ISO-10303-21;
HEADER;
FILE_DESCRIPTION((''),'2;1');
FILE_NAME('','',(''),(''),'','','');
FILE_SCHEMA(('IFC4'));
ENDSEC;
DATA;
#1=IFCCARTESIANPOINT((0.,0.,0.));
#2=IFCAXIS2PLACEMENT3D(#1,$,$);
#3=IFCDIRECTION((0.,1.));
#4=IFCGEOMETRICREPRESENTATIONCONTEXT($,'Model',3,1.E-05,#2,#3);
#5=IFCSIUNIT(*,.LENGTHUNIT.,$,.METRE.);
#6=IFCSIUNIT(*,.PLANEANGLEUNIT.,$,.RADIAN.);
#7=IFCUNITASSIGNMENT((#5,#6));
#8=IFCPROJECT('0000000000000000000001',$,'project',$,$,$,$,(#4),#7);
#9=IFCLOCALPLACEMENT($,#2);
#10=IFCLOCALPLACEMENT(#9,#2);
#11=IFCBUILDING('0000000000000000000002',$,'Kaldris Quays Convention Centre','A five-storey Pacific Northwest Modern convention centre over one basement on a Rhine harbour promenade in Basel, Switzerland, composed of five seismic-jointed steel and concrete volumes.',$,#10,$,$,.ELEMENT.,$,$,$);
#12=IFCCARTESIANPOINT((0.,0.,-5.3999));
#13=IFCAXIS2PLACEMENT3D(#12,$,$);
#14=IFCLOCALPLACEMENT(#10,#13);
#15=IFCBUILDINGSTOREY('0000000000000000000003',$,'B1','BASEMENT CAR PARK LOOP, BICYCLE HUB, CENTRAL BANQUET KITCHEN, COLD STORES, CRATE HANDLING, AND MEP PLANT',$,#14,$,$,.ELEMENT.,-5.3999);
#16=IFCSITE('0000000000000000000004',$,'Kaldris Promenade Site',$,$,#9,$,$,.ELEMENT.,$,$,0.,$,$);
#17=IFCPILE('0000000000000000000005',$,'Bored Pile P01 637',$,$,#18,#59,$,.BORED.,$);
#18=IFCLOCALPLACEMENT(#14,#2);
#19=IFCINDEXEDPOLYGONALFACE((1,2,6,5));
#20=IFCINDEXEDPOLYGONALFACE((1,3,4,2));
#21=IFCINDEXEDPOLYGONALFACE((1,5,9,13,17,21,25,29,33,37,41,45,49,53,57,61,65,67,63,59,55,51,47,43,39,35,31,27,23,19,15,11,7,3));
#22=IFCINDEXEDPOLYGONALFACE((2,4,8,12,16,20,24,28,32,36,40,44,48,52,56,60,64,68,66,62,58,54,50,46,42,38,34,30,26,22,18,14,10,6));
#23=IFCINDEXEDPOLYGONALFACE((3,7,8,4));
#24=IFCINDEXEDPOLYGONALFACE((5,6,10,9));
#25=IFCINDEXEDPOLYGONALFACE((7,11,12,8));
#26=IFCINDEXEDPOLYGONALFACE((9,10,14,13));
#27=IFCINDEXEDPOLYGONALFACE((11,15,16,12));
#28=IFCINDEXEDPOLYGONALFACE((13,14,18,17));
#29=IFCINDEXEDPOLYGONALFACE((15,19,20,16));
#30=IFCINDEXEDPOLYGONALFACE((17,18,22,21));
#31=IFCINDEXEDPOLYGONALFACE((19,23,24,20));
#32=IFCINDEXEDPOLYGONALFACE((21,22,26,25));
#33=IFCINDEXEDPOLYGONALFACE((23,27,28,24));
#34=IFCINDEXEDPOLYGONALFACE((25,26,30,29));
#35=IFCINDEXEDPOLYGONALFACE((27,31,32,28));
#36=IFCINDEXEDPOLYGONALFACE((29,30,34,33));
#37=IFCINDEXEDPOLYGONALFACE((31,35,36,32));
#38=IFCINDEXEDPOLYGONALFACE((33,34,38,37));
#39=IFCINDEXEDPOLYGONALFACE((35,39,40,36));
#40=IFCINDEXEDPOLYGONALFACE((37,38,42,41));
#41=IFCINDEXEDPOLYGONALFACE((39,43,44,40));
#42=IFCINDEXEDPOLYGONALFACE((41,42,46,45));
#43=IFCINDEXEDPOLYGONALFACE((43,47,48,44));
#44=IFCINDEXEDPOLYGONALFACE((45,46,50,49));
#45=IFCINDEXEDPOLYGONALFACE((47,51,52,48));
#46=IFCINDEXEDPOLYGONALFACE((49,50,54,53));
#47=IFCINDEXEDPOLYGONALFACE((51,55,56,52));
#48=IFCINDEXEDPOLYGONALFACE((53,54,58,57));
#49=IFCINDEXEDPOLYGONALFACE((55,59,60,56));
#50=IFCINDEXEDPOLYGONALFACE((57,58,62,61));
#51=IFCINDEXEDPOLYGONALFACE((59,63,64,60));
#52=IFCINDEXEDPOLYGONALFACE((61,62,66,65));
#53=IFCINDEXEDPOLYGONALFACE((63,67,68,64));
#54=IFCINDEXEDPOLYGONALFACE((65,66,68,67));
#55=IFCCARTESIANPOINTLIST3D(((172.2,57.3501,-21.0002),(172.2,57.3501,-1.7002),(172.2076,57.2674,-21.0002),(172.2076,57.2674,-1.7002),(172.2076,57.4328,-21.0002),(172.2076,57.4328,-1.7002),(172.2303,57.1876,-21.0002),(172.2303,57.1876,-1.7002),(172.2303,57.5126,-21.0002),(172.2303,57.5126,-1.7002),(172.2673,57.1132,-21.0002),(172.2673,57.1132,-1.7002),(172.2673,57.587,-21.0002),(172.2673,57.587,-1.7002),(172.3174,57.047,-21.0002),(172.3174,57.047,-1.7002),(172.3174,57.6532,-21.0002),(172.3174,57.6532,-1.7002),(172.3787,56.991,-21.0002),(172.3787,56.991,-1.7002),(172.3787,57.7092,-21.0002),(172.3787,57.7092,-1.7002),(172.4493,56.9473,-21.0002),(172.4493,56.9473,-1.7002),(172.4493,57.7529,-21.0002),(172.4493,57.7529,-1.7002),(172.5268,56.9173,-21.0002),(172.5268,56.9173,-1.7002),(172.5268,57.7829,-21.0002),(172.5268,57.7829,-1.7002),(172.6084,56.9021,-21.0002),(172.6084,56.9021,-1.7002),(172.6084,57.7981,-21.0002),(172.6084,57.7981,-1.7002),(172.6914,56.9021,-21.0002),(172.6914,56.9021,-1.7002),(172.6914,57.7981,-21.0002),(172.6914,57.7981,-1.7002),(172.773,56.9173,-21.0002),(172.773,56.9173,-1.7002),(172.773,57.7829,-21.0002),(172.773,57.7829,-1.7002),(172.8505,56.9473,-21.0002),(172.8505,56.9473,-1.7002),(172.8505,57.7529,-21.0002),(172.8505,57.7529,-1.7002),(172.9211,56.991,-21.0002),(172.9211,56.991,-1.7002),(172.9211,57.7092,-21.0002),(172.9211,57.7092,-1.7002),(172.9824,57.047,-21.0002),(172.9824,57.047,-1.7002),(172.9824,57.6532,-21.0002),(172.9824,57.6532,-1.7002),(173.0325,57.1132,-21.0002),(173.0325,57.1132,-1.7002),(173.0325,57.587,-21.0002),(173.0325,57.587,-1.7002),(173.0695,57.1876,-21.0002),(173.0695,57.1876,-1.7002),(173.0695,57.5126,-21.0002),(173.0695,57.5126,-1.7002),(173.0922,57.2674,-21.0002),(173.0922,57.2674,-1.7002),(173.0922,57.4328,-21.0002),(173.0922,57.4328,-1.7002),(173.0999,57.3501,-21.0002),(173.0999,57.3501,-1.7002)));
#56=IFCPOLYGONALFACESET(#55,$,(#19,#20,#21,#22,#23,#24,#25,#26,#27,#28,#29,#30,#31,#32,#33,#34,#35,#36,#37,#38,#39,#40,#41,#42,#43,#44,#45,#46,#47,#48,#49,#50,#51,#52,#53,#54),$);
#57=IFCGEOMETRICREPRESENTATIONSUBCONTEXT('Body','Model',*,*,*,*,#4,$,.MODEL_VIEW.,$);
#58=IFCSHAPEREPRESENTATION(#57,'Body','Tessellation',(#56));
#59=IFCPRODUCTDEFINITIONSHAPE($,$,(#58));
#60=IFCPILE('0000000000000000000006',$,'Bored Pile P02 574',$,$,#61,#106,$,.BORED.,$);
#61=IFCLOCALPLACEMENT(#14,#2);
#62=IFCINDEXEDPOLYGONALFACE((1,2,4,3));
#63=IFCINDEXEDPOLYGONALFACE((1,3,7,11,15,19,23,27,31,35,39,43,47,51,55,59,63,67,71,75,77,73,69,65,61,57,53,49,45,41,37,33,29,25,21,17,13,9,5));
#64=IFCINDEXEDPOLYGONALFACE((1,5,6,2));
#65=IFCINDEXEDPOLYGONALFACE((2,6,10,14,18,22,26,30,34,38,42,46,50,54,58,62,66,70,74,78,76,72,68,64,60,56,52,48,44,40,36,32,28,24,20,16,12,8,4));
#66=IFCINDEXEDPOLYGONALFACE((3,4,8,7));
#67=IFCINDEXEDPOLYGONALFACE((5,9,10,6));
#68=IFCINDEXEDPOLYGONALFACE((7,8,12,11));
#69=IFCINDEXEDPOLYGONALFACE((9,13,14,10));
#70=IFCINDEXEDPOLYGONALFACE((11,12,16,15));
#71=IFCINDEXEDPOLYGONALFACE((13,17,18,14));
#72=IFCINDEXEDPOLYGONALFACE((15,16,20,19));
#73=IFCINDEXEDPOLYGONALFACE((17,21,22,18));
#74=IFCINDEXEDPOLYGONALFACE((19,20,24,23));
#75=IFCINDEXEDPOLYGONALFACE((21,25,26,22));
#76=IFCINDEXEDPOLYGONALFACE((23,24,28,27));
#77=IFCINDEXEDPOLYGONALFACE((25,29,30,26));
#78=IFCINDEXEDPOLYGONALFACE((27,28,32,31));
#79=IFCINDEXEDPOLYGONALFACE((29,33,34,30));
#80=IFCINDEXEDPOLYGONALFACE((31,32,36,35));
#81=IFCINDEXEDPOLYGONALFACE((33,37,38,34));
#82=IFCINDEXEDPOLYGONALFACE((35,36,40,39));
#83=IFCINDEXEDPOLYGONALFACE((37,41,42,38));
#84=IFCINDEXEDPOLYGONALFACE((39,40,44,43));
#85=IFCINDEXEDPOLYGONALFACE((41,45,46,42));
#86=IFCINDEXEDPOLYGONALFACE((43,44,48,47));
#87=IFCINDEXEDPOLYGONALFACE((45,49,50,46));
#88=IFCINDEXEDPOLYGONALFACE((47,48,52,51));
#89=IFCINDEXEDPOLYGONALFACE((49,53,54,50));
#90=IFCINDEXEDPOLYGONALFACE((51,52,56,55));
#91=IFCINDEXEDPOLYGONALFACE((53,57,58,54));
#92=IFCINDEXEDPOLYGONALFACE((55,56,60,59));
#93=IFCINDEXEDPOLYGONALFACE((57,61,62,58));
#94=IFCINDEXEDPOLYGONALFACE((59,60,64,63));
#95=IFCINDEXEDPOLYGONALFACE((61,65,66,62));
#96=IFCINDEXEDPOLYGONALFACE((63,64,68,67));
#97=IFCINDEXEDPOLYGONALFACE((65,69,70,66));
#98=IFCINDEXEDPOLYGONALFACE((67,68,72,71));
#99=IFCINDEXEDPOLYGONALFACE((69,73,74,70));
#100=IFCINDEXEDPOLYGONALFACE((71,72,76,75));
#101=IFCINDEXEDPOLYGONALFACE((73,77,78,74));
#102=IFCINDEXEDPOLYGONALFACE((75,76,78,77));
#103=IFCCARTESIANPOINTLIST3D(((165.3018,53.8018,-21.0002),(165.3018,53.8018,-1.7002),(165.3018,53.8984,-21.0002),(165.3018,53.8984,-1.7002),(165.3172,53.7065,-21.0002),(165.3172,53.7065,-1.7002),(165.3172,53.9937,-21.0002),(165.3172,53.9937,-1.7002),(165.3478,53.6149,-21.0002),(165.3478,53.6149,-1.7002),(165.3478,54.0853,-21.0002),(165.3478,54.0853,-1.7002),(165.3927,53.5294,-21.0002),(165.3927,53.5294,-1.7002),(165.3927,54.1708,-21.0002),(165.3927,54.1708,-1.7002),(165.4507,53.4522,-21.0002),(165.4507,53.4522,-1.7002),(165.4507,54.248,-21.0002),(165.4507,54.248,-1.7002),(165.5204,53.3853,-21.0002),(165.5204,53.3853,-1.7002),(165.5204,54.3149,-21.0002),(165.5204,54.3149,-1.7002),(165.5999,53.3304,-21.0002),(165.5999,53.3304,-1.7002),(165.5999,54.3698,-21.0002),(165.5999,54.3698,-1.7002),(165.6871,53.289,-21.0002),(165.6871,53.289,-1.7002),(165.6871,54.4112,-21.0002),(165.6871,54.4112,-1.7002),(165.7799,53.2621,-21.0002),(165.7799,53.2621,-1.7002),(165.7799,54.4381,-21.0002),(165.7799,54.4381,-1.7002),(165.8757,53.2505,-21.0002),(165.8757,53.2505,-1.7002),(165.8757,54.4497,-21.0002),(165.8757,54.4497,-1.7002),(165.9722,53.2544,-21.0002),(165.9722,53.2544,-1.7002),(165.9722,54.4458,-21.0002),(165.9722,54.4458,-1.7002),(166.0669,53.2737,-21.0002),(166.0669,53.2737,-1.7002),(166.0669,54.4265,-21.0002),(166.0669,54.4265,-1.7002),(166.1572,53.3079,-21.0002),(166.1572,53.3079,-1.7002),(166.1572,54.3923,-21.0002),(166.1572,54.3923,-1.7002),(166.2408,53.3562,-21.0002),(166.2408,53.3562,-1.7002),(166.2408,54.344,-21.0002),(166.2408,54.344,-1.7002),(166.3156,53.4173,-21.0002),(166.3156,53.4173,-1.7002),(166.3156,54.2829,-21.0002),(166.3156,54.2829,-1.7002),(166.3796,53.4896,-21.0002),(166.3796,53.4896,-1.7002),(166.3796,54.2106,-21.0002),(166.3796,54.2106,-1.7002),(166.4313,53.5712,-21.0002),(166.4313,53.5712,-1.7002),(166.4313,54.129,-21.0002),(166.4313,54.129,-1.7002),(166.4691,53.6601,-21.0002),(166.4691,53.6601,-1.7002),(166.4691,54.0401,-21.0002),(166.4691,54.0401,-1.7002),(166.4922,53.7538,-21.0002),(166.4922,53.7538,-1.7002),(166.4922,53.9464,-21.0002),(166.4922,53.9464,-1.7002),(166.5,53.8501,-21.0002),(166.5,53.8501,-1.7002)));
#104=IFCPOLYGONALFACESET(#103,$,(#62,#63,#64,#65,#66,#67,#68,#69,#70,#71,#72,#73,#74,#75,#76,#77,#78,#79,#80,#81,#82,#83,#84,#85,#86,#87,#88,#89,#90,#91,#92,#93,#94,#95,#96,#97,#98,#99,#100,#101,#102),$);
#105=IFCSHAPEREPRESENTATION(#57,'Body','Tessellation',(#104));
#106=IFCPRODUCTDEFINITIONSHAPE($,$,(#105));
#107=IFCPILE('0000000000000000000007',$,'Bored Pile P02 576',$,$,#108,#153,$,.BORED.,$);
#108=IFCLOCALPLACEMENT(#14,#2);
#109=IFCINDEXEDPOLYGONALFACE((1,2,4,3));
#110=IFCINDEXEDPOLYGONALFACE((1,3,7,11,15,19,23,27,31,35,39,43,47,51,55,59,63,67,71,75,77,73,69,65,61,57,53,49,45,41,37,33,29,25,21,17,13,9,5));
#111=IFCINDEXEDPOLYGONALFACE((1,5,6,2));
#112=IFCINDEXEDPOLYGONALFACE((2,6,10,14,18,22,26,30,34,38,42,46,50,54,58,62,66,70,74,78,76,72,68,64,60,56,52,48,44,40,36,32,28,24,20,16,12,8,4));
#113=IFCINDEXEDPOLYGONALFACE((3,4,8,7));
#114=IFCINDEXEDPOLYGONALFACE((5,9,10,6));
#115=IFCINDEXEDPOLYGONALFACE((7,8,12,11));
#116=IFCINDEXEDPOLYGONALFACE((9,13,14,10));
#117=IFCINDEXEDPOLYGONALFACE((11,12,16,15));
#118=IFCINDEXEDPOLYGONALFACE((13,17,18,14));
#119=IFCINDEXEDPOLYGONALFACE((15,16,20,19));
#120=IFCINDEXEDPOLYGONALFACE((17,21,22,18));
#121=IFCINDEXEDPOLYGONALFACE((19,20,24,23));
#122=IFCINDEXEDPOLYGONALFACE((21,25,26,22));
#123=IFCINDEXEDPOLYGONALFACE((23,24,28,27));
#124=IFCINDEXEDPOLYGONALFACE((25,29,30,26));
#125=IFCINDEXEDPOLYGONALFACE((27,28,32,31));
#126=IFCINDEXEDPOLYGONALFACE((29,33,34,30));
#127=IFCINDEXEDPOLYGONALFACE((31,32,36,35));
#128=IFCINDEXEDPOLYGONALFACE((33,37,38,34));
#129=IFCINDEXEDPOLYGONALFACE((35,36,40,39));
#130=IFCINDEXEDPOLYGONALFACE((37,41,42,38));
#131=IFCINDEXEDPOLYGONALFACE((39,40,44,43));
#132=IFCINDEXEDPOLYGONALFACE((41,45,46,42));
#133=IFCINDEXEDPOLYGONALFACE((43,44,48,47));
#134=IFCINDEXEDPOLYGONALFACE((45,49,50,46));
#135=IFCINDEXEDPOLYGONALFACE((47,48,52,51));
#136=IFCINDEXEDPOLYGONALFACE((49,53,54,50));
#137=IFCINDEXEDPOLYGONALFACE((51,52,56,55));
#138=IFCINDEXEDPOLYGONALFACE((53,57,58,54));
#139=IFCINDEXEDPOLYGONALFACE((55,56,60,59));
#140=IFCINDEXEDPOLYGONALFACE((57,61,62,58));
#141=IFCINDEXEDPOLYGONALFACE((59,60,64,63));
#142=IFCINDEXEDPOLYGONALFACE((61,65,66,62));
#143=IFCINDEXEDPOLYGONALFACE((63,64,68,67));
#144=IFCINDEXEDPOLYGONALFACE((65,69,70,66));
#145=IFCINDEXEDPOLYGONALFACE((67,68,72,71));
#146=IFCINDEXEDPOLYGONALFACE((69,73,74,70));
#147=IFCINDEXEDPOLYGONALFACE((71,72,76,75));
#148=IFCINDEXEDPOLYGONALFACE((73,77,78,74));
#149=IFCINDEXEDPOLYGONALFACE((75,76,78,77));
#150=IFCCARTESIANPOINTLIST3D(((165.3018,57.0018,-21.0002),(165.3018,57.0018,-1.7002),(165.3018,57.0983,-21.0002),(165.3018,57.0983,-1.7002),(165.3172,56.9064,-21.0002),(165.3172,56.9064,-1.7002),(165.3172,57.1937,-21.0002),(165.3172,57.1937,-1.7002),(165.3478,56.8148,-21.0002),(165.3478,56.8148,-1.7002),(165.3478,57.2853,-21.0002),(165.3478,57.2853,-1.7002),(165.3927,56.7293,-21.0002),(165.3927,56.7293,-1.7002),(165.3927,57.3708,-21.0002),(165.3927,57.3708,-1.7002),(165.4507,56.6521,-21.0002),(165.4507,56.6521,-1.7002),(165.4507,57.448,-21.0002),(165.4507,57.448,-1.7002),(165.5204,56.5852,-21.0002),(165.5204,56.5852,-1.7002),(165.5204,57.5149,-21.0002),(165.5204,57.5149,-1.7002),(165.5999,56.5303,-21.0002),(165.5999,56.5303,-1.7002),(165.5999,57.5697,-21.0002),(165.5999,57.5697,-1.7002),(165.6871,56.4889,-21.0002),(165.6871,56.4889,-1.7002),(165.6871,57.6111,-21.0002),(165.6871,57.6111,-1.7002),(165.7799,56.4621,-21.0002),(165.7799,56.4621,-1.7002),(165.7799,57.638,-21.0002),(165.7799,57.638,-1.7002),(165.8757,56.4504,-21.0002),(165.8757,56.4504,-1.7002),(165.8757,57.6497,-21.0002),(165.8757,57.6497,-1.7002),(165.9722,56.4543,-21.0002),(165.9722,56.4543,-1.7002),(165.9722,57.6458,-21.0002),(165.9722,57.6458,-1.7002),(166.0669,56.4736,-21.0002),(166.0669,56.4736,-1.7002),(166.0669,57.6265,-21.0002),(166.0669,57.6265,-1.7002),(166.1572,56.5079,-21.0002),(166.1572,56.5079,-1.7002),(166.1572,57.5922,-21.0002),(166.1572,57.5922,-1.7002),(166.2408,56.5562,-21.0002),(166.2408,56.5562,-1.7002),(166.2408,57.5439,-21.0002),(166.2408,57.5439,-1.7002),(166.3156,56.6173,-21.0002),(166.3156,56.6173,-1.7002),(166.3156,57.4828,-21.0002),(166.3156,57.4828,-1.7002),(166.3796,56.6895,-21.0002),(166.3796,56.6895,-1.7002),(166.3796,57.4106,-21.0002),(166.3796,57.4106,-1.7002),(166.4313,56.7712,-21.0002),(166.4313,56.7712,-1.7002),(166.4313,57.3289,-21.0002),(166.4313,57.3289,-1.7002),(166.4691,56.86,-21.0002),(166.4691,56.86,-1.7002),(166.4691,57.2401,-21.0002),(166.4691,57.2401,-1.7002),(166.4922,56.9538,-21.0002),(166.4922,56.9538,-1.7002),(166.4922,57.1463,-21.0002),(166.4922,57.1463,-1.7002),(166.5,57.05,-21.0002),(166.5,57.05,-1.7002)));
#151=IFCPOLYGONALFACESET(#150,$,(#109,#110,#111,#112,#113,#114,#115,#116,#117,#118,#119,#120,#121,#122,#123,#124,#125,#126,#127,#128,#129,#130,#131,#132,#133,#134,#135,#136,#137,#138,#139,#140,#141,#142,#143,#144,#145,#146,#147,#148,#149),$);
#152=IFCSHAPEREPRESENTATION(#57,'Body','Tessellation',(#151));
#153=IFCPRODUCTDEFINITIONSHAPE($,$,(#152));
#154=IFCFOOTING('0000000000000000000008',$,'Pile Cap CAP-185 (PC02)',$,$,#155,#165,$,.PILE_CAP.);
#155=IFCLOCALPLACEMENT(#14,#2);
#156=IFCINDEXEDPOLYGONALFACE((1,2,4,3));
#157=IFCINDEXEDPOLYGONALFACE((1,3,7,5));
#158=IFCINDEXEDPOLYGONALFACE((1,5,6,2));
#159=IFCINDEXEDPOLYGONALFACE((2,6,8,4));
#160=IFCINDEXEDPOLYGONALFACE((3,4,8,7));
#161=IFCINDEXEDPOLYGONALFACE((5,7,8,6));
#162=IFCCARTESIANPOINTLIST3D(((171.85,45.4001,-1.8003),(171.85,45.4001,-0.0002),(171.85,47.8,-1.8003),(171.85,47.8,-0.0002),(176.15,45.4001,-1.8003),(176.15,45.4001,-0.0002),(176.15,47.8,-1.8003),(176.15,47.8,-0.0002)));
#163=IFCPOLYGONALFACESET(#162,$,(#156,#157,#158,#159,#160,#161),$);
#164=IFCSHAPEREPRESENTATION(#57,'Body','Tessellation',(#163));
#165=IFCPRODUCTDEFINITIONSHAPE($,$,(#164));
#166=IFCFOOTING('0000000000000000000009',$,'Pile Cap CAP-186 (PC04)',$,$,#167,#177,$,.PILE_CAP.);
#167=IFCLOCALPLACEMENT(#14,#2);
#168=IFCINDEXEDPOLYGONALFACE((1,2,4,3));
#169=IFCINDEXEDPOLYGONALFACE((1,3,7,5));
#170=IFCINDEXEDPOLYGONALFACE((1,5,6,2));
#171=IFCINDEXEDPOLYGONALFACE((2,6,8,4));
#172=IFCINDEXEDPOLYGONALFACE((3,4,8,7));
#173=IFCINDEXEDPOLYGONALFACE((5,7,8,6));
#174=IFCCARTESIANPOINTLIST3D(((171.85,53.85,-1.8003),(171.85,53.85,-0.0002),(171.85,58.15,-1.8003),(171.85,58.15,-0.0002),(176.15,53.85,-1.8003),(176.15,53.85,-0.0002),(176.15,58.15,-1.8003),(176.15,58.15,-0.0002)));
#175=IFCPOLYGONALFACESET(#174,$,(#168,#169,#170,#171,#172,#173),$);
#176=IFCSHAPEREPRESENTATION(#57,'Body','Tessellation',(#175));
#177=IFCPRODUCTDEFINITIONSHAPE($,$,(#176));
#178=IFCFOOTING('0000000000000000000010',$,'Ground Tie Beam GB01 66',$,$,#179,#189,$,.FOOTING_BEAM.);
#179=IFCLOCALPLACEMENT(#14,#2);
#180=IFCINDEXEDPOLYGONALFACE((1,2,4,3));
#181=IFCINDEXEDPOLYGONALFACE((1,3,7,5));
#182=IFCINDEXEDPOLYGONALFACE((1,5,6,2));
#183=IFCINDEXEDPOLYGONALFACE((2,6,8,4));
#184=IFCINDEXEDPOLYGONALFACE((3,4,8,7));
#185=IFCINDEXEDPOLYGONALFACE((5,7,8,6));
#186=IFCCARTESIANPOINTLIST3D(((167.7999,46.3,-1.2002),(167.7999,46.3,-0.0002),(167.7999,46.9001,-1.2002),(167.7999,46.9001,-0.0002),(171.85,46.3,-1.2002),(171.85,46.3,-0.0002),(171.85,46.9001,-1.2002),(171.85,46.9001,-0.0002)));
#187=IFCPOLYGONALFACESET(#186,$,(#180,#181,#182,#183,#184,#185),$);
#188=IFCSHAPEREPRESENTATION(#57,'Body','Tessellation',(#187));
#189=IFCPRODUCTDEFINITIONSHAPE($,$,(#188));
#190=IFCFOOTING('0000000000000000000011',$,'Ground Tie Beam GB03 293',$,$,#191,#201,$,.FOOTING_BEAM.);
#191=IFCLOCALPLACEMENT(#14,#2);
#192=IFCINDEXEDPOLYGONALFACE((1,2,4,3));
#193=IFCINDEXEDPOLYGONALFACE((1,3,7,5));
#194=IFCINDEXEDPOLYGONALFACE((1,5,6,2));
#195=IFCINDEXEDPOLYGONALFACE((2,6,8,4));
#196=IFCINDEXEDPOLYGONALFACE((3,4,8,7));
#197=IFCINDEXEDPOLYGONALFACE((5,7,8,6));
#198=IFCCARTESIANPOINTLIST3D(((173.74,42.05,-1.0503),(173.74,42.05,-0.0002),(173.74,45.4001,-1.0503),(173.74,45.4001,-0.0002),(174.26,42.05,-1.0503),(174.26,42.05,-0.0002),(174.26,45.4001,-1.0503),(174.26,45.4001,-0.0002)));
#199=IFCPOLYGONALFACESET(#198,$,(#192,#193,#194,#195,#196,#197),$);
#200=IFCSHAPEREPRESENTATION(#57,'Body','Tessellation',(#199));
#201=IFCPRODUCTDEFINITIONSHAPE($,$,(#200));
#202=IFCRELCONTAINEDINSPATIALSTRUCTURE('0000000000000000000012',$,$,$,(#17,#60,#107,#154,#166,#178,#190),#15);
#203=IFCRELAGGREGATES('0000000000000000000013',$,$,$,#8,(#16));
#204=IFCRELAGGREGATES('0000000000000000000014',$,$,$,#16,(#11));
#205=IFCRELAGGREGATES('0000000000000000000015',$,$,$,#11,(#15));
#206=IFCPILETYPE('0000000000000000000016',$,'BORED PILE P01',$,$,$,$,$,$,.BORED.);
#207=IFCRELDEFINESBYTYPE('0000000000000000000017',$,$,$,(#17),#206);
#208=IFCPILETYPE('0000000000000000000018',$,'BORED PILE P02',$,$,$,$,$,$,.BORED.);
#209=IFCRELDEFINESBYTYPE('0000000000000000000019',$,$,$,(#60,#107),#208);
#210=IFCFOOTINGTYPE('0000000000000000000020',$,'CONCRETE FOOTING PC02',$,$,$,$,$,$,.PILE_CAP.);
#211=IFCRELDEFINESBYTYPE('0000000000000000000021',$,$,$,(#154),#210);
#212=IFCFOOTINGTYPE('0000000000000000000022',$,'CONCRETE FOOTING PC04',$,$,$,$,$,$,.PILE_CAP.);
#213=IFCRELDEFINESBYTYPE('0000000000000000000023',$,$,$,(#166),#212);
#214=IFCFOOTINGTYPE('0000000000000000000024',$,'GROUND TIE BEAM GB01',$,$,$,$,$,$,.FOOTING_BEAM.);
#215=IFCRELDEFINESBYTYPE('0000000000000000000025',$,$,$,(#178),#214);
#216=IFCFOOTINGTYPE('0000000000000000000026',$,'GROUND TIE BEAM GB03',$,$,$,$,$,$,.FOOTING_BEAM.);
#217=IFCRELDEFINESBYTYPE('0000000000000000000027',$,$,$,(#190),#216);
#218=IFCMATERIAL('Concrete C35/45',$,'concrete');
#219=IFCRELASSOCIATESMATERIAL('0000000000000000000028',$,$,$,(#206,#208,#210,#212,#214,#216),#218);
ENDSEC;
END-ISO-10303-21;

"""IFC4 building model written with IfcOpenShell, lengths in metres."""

from ifc_helpers import new_model, si_unit, direction, frame, origin, origin_2d, place, context, subcontext, project, spatial, rectangle, circle, extrude, material, material_profile, profile_set, type_object, element, save


model = new_model("IFC4")

# Units and contexts
model_context = context("Model", 3, precision=1e-05, world=origin(), true_north=direction((0.0, 1.0)))
body_context = subcontext(model_context, "Body", "Model", "MODEL_VIEW")
ifc_project = project(units=[si_unit("LENGTHUNIT", "METRE"), si_unit("PLANEANGLEUNIT", "RADIAN")], contexts=[model_context])

# Site, building, storey
site_placement = place(None, origin())
site = spatial("IfcSite", under=ifc_project, at=site_placement, Name="Kaldris Promenade Site", CompositionType="ELEMENT", RefElevation=0.0)
building_placement = place(site_placement, origin())
building = spatial("IfcBuilding", under=site, at=building_placement, Name="Kaldris Quays Convention Centre", Description="A five-storey Pacific Northwest Modern convention centre over one basement on a Rhine harbour promenade in Basel, Switzerland, composed of five seismic-jointed steel and concrete volumes.", CompositionType="ELEMENT")
storey_placement = place(building_placement, frame((0.0, 0.0, -5.3999)))
storey = spatial("IfcBuildingStorey", under=building, at=storey_placement, Name="B1", Description="BASEMENT CAR PARK LOOP, BICYCLE HUB, CENTRAL BANQUET KITCHEN, COLD STORES, CRATE HANDLING, AND MEP PLANT", CompositionType="ELEMENT", Elevation=-5.3999)

# Piles
ifc_material_1 = material(Name="Concrete C35/45", Category="concrete")
ifc_material_profile_1 = material_profile(ifc_material_1, circle(Radius=0.45, at=origin_2d()), Name="BORED PILE D900")
ifc_profile_set_1 = profile_set([ifc_material_profile_1], Name="Concrete C35/45")
pile_type_1 = type_object("IfcPileType", Name="BORED PILE P01", PredefinedType="BORED", material=ifc_profile_set_1)
for number, where, z_axis, x_axis, name in (
    (1, (172.6499, 57.3501, -1.7002), (0.0, 0.0, -1.0), (1.0, 0.0, 0.0), "Bored Pile P01 637"),
):
    element("IfcPile", number, at=place(storey_placement, frame(where, z_axis=z_axis, x_axis=x_axis)), inside=storey, type_object=pile_type_1, Name=name, PredefinedType="BORED", context=body_context, shape_type="SweptSolid", body=[
        extrude(circle(Radius=0.45, at=origin_2d()), origin(), (0.0, 0.0, 1.0), 19.3),
    ])
ifc_material_profile_2 = material_profile(ifc_material_1, circle(Radius=0.6001, at=origin_2d()), Name="BORED PILE D1200")
ifc_profile_set_2 = profile_set([ifc_material_profile_2], Name="Concrete C35/45")
pile_type_2 = type_object("IfcPileType", Name="BORED PILE P02", PredefinedType="BORED", material=ifc_profile_set_2)
for number, where, z_axis, x_axis, name in (
    (2, (165.8999, 53.8501, -1.7002), (0.0, 0.0, -1.0), (1.0, 0.0, 0.0), "Bored Pile P02 574"),
    (3, (165.8999, 57.05, -1.7002), (0.0, 0.0, -1.0), (1.0, 0.0, 0.0), "Bored Pile P02 576"),
):
    element("IfcPile", number, at=place(storey_placement, frame(where, z_axis=z_axis, x_axis=x_axis)), inside=storey, type_object=pile_type_2, Name=name, PredefinedType="BORED", context=body_context, shape_type="SweptSolid", body=[
        extrude(circle(Radius=0.6001, at=origin_2d()), origin(), (0.0, 0.0, 1.0), 19.3),
    ])

# Footings
footing_type_1 = type_object("IfcFootingType", Name="CONCRETE FOOTING PC02", PredefinedType="PILE_CAP", material=ifc_material_1)
footing_1_placement = place(storey_placement, frame((174.0, 46.6001, -1.8003), z_axis=(0.0, 0.0, 1.0), x_axis=(1.0, 0.0, 0.0)))
element("IfcFooting", 4, at=footing_1_placement, inside=storey, type_object=footing_type_1, Name="Pile Cap CAP-185 (PC02)", PredefinedType="PILE_CAP", context=body_context, shape_type="SweptSolid", body=[
    extrude(rectangle(XDim=4.3, YDim=2.3999, at=origin_2d()), origin(), (0.0, 0.0, 1.0), 1.8),
])
footing_type_2 = type_object("IfcFootingType", Name="CONCRETE FOOTING PC04", PredefinedType="PILE_CAP", material=ifc_material_1)
footing_2_placement = place(storey_placement, frame((174.0, 56.0, -1.8003), z_axis=(0.0, 0.0, 1.0), x_axis=(1.0, 0.0, 0.0)))
element("IfcFooting", 5, at=footing_2_placement, inside=storey, type_object=footing_type_2, Name="Pile Cap CAP-186 (PC04)", PredefinedType="PILE_CAP", context=body_context, shape_type="SweptSolid", body=[
    extrude(rectangle(XDim=4.3, YDim=4.3, at=origin_2d()), origin(), (0.0, 0.0, 1.0), 1.8),
])
footing_type_3 = type_object("IfcFootingType", Name="GROUND TIE BEAM GB01", PredefinedType="FOOTING_BEAM", material=ifc_material_1)
footing_3_placement = place(storey_placement, frame((169.825, 46.6001, -1.2002), z_axis=(0.0, 0.0, 1.0), x_axis=(1.0, 0.0, 0.0)))
element("IfcFooting", 6, at=footing_3_placement, inside=storey, type_object=footing_type_3, Name="Ground Tie Beam GB01 66", PredefinedType="FOOTING_BEAM", context=body_context, shape_type="SweptSolid", body=[
    extrude(rectangle(XDim=4.05, YDim=0.6001, at=origin_2d()), origin(), (0.0, 0.0, 1.0), 1.2),
])
footing_type_4 = type_object("IfcFootingType", Name="GROUND TIE BEAM GB03", PredefinedType="FOOTING_BEAM", material=ifc_material_1)
footing_4_placement = place(storey_placement, frame((174.0, 43.7251, -1.0503), z_axis=(0.0, 0.0, 1.0), x_axis=(1.0, 0.0, 0.0)))
element("IfcFooting", 7, at=footing_4_placement, inside=storey, type_object=footing_type_4, Name="Ground Tie Beam GB03 293", PredefinedType="FOOTING_BEAM", context=body_context, shape_type="SweptSolid", body=[
    extrude(rectangle(XDim=0.52, YDim=3.3501, at=origin_2d()), origin(), (0.0, 0.0, 1.0), 1.05),
])

save(model, "model.ifc")
